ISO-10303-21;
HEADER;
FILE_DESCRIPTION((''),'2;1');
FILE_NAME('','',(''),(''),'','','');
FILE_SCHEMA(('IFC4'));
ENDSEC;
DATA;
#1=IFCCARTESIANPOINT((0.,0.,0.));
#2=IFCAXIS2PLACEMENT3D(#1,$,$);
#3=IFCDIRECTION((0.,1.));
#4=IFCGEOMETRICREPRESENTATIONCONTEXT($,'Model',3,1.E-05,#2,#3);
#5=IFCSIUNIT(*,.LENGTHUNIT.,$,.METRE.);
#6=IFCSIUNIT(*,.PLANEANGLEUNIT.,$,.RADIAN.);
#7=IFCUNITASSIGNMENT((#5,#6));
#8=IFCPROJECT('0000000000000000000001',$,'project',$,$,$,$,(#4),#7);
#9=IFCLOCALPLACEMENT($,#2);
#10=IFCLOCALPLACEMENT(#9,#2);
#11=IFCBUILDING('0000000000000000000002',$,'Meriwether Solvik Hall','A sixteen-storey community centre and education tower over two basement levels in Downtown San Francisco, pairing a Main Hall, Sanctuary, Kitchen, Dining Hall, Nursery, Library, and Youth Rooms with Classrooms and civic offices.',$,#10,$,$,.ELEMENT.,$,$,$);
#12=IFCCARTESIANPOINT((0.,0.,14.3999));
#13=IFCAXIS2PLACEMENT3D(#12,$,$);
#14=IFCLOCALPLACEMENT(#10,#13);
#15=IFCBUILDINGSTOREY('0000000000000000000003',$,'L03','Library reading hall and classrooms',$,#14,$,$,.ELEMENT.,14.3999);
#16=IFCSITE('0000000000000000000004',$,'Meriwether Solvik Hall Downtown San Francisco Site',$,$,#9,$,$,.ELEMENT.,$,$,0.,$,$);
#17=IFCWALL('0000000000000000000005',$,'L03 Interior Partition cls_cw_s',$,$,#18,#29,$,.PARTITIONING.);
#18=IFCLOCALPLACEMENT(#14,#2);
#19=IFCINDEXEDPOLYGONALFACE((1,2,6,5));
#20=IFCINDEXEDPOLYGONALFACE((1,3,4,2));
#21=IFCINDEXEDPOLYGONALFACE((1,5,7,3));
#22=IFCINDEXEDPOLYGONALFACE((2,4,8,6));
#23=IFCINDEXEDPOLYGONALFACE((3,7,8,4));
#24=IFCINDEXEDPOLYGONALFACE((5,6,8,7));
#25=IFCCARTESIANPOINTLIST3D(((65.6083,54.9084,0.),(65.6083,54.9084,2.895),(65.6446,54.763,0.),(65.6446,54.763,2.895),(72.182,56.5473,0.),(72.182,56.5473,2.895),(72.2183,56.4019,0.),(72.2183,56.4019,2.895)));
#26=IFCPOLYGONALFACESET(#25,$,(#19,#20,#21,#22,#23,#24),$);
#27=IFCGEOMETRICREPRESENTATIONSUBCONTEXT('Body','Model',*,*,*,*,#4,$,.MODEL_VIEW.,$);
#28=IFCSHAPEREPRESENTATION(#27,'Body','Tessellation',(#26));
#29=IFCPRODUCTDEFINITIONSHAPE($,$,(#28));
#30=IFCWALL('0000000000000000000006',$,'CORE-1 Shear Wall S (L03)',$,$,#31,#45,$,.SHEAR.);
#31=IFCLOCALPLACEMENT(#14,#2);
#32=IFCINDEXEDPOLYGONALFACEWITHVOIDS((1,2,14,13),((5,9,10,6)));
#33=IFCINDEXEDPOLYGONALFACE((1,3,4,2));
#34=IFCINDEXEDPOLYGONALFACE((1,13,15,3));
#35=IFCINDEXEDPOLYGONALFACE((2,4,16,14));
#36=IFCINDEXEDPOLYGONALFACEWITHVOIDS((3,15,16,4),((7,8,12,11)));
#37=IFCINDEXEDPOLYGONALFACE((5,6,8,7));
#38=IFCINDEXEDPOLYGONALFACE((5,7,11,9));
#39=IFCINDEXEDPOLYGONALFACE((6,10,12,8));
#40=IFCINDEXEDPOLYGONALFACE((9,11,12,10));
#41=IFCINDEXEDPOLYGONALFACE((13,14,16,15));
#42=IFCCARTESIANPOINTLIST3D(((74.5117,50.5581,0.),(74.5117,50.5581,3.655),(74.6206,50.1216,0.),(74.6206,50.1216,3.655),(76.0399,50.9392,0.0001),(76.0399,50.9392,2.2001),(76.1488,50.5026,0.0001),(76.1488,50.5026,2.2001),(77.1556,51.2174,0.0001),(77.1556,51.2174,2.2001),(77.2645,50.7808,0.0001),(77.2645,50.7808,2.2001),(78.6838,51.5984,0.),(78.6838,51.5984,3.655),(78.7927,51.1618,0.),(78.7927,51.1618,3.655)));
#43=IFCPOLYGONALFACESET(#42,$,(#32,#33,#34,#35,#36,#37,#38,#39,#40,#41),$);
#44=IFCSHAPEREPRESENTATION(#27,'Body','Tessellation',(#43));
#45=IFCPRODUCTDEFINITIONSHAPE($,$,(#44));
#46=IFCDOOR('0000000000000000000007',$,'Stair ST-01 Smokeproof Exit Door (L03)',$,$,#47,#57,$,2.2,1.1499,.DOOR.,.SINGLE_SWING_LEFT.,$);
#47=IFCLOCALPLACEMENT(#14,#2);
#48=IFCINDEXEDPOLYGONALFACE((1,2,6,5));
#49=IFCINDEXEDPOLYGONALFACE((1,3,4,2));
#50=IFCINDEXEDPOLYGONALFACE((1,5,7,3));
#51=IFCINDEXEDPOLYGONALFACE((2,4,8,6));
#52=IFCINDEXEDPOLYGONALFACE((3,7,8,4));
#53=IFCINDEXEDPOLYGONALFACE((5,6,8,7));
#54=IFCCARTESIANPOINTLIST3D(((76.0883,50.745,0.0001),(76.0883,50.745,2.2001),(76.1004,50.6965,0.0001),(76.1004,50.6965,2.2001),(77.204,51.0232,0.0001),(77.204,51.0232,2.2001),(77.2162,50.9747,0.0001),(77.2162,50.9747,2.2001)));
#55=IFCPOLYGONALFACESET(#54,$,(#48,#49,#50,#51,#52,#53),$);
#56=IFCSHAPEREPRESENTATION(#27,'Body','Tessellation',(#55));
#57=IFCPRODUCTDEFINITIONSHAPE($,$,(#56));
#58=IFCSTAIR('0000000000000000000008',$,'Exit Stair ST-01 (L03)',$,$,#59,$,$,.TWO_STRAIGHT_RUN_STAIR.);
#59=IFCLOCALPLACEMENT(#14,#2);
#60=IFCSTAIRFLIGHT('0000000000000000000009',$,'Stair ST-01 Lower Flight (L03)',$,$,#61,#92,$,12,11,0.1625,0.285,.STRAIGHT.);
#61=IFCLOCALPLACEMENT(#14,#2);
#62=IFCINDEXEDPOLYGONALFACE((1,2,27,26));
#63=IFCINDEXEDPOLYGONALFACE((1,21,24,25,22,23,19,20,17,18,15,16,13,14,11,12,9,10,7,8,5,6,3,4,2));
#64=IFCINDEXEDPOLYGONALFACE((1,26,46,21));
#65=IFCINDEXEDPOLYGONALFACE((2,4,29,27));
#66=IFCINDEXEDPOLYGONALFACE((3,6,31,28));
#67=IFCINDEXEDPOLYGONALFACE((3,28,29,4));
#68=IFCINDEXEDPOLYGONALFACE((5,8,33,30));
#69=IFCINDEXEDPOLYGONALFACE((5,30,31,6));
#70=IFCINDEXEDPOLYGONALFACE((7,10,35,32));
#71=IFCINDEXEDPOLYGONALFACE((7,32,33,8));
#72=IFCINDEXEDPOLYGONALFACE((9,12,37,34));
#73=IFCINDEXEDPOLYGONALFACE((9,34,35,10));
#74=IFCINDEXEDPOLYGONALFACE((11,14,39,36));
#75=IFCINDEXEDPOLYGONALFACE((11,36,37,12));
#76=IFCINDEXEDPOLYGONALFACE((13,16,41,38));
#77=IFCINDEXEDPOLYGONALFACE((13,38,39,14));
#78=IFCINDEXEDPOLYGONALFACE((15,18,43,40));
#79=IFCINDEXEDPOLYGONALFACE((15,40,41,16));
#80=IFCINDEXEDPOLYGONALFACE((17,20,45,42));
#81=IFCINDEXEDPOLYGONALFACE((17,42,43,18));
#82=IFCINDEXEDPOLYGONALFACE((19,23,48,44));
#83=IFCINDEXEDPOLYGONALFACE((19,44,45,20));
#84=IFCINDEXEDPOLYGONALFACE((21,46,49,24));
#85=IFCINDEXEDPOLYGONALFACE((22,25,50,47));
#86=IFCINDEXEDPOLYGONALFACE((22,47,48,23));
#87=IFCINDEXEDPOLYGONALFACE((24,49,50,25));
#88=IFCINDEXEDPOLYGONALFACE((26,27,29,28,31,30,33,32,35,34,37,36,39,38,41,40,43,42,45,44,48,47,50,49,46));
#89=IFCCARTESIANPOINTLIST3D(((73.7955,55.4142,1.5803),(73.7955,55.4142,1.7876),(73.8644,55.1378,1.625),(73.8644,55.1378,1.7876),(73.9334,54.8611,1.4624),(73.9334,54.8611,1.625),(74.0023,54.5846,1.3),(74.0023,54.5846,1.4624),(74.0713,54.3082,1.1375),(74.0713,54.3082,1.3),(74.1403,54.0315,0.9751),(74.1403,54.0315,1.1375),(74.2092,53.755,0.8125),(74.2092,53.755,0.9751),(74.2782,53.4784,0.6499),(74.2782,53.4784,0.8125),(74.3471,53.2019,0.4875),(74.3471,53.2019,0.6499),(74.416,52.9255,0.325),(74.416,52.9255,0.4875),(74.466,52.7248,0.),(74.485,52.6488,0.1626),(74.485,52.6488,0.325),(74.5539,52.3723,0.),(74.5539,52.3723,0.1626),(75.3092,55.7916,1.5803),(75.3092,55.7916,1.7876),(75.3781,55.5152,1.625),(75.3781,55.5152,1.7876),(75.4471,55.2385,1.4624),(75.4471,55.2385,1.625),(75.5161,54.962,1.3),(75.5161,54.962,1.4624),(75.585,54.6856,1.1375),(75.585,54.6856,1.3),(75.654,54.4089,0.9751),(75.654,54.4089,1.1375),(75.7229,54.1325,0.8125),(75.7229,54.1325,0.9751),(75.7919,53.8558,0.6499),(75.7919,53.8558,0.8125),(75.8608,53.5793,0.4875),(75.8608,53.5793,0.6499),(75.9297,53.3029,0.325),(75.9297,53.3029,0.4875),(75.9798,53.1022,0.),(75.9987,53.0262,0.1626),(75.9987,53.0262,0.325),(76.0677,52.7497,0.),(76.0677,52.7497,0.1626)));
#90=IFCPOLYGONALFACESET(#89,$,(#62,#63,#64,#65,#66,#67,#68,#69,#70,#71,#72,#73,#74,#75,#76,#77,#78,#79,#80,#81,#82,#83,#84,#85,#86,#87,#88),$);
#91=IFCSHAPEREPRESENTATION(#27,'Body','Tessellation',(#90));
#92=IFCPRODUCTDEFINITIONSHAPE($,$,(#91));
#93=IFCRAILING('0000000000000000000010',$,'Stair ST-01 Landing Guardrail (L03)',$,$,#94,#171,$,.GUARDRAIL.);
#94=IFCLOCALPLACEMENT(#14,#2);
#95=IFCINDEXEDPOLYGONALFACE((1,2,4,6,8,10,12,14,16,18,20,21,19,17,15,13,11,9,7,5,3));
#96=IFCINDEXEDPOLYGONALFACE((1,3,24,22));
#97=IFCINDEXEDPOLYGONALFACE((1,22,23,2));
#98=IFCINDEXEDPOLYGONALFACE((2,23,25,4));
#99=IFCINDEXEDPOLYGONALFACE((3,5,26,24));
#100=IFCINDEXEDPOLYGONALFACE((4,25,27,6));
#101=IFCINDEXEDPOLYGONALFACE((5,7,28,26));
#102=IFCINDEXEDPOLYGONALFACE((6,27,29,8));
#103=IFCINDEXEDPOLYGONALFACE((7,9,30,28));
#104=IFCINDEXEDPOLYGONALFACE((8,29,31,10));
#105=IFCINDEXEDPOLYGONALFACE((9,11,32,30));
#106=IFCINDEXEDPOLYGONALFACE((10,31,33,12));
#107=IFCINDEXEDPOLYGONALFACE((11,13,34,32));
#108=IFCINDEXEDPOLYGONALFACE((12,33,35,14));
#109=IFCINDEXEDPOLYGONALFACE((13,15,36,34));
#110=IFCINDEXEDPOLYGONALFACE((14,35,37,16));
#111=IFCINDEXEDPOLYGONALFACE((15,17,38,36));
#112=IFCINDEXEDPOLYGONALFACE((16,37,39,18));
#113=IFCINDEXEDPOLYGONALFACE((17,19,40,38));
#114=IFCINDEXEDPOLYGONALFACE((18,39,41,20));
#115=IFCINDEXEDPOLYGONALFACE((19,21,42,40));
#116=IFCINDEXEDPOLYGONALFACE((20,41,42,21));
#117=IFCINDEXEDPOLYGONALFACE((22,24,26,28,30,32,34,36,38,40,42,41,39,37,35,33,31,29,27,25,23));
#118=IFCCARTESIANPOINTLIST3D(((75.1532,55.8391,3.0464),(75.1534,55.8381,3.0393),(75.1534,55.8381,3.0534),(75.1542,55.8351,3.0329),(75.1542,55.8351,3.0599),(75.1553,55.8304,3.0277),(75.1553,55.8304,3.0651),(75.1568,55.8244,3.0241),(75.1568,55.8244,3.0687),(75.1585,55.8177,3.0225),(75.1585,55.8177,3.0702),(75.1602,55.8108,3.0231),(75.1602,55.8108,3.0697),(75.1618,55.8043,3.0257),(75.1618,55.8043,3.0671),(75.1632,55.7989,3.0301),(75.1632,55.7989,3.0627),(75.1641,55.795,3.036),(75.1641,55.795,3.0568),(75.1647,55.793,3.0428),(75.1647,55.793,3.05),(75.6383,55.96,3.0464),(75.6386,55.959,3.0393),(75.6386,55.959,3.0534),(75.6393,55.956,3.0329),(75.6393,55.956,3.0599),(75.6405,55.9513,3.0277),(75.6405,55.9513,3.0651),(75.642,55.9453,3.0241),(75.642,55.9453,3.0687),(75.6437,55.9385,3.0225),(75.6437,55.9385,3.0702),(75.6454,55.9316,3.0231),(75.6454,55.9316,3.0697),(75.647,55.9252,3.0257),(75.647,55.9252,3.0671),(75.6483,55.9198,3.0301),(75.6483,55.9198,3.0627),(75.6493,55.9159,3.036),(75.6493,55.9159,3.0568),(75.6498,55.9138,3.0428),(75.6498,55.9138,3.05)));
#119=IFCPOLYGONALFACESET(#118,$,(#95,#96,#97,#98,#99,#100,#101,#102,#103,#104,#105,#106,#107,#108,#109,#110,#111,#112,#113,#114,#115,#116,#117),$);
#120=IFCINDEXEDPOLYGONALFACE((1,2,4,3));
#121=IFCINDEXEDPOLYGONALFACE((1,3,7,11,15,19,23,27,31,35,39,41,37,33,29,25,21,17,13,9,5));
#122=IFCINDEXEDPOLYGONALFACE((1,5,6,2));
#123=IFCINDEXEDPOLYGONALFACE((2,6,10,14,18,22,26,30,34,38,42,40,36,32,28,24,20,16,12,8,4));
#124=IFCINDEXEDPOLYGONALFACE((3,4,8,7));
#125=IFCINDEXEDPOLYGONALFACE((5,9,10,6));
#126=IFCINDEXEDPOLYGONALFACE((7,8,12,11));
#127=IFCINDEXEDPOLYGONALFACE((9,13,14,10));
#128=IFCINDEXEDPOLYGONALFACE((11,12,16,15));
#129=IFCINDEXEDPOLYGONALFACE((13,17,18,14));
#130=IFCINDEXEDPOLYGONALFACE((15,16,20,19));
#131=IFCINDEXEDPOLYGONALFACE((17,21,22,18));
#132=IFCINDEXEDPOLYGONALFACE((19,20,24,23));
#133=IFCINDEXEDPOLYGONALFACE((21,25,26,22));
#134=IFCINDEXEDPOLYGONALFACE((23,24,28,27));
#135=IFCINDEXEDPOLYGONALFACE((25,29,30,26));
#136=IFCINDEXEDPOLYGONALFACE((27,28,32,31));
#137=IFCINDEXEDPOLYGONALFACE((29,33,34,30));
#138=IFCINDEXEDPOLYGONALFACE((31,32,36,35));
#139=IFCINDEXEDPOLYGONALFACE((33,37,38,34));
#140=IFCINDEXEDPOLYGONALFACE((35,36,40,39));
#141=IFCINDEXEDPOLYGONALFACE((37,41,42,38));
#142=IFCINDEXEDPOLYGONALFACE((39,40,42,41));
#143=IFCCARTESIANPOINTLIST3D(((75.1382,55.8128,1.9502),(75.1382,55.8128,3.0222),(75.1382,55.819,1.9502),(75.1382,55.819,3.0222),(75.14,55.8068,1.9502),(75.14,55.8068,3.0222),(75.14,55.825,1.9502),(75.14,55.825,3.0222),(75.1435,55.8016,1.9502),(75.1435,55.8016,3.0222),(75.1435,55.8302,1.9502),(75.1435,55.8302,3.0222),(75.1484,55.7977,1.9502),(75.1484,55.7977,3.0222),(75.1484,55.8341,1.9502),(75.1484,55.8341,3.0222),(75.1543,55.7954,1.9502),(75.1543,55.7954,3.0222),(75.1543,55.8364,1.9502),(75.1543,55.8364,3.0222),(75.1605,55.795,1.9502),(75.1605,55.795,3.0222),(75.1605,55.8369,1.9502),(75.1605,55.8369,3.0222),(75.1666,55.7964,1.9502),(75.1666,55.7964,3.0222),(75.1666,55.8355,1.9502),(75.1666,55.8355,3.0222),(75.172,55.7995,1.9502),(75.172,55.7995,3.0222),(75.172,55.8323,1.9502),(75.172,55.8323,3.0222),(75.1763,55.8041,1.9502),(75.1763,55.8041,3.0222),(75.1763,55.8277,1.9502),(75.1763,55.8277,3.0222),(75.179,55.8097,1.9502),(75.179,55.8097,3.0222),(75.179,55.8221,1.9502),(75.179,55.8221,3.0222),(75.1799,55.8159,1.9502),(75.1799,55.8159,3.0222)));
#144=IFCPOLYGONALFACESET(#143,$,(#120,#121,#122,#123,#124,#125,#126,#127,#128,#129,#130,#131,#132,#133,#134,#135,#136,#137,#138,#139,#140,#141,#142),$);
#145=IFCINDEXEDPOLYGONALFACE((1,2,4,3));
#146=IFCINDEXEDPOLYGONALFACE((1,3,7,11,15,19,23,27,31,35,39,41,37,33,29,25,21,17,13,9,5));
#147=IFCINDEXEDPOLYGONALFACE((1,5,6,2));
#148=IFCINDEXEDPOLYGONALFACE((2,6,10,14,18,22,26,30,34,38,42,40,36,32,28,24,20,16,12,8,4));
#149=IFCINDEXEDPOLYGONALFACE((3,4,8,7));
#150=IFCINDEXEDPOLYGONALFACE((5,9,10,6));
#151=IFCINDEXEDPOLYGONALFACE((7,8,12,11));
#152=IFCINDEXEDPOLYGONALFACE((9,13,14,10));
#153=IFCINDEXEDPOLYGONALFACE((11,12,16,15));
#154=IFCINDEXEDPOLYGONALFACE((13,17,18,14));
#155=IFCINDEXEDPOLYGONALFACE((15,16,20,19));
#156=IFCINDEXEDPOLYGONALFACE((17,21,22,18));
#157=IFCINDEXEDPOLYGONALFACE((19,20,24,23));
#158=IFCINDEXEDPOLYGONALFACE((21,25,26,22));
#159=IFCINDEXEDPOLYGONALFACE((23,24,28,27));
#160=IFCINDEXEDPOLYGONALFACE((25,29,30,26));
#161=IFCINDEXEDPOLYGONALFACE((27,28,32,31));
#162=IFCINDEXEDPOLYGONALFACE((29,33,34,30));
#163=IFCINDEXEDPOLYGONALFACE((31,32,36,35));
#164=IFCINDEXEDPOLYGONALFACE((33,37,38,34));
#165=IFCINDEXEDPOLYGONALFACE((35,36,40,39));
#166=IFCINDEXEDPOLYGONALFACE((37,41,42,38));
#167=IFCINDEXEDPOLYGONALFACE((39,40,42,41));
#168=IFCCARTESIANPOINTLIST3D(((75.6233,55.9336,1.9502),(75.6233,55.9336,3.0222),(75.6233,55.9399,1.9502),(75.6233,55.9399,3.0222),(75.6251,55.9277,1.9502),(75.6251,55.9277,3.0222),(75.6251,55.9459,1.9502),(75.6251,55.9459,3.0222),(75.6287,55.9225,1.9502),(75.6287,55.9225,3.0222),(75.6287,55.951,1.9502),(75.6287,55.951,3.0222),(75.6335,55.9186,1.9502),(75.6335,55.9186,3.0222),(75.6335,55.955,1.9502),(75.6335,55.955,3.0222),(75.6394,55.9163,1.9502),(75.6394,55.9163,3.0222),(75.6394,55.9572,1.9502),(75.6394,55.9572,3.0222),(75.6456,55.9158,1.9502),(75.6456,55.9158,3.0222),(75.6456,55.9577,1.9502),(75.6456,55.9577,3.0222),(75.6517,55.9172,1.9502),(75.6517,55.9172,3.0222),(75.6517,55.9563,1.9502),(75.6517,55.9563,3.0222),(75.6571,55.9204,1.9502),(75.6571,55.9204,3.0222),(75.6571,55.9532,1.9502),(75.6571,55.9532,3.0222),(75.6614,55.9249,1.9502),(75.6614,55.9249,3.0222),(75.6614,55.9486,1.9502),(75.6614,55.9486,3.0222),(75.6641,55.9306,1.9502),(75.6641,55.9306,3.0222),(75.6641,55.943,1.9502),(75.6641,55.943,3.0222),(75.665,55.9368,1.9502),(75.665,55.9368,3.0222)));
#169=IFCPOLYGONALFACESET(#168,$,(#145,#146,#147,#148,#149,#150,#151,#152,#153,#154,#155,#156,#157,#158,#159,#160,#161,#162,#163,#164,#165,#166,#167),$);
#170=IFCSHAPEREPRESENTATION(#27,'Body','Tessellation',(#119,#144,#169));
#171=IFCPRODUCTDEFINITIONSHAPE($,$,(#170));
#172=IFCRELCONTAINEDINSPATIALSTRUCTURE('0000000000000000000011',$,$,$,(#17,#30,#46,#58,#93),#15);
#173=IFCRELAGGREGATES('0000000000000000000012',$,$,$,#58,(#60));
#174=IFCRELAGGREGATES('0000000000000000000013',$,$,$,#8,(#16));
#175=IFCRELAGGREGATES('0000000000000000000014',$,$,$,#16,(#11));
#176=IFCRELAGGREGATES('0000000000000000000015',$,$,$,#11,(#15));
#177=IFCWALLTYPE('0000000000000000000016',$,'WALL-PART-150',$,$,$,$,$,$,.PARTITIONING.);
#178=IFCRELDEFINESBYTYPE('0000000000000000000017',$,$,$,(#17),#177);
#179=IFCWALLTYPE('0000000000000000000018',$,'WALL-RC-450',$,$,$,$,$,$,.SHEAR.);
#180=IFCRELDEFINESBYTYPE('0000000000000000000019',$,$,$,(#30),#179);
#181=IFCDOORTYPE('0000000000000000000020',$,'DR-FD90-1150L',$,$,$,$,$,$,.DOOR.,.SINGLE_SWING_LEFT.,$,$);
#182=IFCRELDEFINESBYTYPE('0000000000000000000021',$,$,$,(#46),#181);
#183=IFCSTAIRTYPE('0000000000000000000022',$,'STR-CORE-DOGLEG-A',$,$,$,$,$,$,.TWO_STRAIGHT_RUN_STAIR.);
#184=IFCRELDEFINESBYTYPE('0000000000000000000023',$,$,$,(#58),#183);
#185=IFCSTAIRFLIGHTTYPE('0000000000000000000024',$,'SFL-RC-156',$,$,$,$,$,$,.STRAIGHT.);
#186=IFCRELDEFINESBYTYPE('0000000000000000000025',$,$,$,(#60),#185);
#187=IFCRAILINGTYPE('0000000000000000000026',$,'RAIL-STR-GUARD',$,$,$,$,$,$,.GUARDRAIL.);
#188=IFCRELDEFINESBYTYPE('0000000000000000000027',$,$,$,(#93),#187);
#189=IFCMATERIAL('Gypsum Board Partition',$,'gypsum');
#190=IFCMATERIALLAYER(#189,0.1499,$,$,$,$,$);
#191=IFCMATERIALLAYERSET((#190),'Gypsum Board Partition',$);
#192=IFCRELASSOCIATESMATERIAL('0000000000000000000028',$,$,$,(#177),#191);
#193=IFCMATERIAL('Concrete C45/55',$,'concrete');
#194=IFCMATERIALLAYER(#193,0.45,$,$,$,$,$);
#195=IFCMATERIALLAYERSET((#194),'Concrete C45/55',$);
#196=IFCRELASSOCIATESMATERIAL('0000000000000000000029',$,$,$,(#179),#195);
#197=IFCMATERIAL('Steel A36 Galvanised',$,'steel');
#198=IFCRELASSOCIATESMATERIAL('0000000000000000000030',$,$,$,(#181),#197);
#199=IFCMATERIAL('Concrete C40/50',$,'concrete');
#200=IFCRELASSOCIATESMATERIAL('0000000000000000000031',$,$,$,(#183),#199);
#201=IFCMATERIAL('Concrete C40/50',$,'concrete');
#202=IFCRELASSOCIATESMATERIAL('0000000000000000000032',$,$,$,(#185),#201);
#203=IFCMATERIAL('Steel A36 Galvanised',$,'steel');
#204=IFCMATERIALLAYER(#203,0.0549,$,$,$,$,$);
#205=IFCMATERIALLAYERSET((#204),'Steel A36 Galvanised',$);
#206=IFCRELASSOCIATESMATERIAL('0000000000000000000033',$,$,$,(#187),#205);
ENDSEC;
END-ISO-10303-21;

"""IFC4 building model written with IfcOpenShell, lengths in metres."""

from ifc_helpers import new_model, si_unit, direction, frame, frame_2d, origin, origin_2d, place, context, subcontext, project, spatial, polyline, rectangle, circle, outline, extrude, material, layer, layer_set, type_object, element, fill, aggregate, save


model = new_model("IFC4")

# Units and contexts
model_context = context("Model", 3, precision=1e-05, world=origin(), true_north=direction((0.0, 1.0)))
body_context = subcontext(model_context, "Body", "Model", "MODEL_VIEW")
ifc_project = project(units=[si_unit("LENGTHUNIT", "METRE"), si_unit("PLANEANGLEUNIT", "RADIAN")], contexts=[model_context])

# Site, building, storey
site_placement = place(None, origin())
site = spatial("IfcSite", under=ifc_project, at=site_placement, Name="Meriwether Solvik Hall Downtown San Francisco Site", CompositionType="ELEMENT", RefElevation=0.0)
building_placement = place(site_placement, origin())
building = spatial("IfcBuilding", under=site, at=building_placement, Name="Meriwether Solvik Hall", Description="A sixteen-storey community centre and education tower over two basement levels in Downtown San Francisco, pairing a Main Hall, Sanctuary, Kitchen, Dining Hall, Nursery, Library, and Youth Rooms with Classrooms and civic offices.", CompositionType="ELEMENT")
storey_placement = place(building_placement, frame((0.0, 0.0, 14.3999)))
storey = spatial("IfcBuildingStorey", under=building, at=storey_placement, Name="L03", Description="Library reading hall and classrooms", CompositionType="ELEMENT", Elevation=14.3999)

# Wall
ifc_material_1 = material(Name="Gypsum Board Partition", Category="gypsum")
ifc_layer_1 = layer(ifc_material_1, 0.1499)
ifc_layer_set_1 = layer_set([ifc_layer_1], Name="Gypsum Board Partition")
wall_type_1 = type_object("IfcWallType", Name="WALL-PART-150", PredefinedType="PARTITIONING", material=ifc_layer_set_1)
wall_1_placement = place(storey_placement, frame((65.6265, 54.8357, 0.0), z_axis=(0.0, 0.0, 1.0), x_axis=(0.970299, 0.241908, 0.0)))
element("IfcWall", 1, at=wall_1_placement, inside=storey, type_object=wall_type_1, Name="L03 Interior Partition cls_cw_s", PredefinedType="PARTITIONING", context=body_context, shape_type="SweptSolid", body=[
    extrude(rectangle(XDim=6.7749, YDim=0.1499, at=frame_2d((3.3875, 0.0))), origin(), (0.0, 0.0, 1.0), 2.895),
])

# Wall, opening, door
ifc_material_2 = material(Name="Concrete C45/55", Category="concrete")
ifc_layer_2 = layer(ifc_material_2, 0.45)
ifc_layer_set_2 = layer_set([ifc_layer_2], Name="Concrete C45/55")
wall_type_2 = type_object("IfcWallType", Name="WALL-RC-450", PredefinedType="SHEAR", material=ifc_layer_set_2)
wall_2_placement = place(storey_placement, frame((74.5662, 50.3398, 0.0), z_axis=(0.0, 0.0, 1.0), x_axis=(0.970293, 0.241934, 0.0)))
wall_2 = element("IfcWall", 2, at=wall_2_placement, inside=storey, type_object=wall_type_2, Name="CORE-1 Shear Wall S (L03)", PredefinedType="SHEAR", context=body_context, shape_type="SweptSolid", body=[
    extrude(rectangle(XDim=4.2998, YDim=0.45, at=frame_2d((2.1499, 0.0))), origin(), (0.0, 0.0, 1.0), 3.655),
])
opening_placement = place(wall_2_placement, frame((1.575, 0.0, 0.0)))
opening = element("IfcOpeningElement", 3, at=opening_placement, cuts=wall_2, PredefinedType="OPENING", context=body_context, shape_type="SweptSolid", body=[
    extrude(rectangle(XDim=1.1499, YDim=2.2, at=frame_2d((0.575, 1.1001))), frame((0.0, 0.2368, 0.0), z_axis=(0.0, -1.0, 0.0), x_axis=(1.0, 0.0, 0.0)), (0.0, 0.0, 1.0), 0.4739),
])
ifc_material_3 = material(Name="Steel A36 Galvanised", Category="steel")
door_type = type_object("IfcDoorType", Name="DR-FD90-1150L", OperationType="SINGLE_SWING_LEFT", PredefinedType="DOOR", material=ifc_material_3)
door_placement = place(opening_placement, origin())
door = element("IfcDoor", 4, at=door_placement, inside=storey, type_object=door_type, Name="Stair ST-01 Smokeproof Exit Door (L03)", OperationType="SINGLE_SWING_LEFT", OverallHeight=2.2, OverallWidth=1.1499, PredefinedType="DOOR", context=body_context, shape_type="SweptSolid", body=[
    extrude(rectangle(XDim=1.1499, YDim=2.2, at=frame_2d((0.575, 1.1001))), frame((0.0, 0.0249, 0.0), z_axis=(0.0, -1.0, 0.0), x_axis=(1.0, 0.0, 0.0)), (0.0, 0.0, 1.0), 0.05),
])
fill(opening, door)

# Stair, stair flight
ifc_material_4 = material(Name="Concrete C40/50", Category="concrete")
stair_type = type_object("IfcStairType", Name="STR-CORE-DOGLEG-A", PredefinedType="TWO_STRAIGHT_RUN_STAIR", material=ifc_material_4)
stair_placement = place(storey_placement, origin())
stair = element("IfcStair", 5, at=stair_placement, inside=storey, type_object=stair_type, Name="Exit Stair ST-01 (L03)", PredefinedType="TWO_STRAIGHT_RUN_STAIR")
ifc_material_5 = material(Name="Concrete C40/50", Category="concrete")
stair_flight_type = type_object("IfcStairFlightType", Name="SFL-RC-156", PredefinedType="STRAIGHT", material=ifc_material_5)
stair_flight_placement = place(storey_placement, frame((75.3108, 52.561, 0.0), z_axis=(0.0, 0.0, 1.0), x_axis=(-0.241922, 0.970296, 0.0)))
stair_flight = element("IfcStairFlight", 6, at=stair_flight_placement, type_object=stair_flight_type, Name="Stair ST-01 Lower Flight (L03)", NumberOfRisers=12, NumberOfTreads=11, PredefinedType="STRAIGHT", RiserHeight=0.1625, TreadLength=0.285, context=body_context, shape_type="SweptSolid", body=[
    extrude(outline(polyline([(0.0, 0.0), (0.0, 0.1626), (0.2849, 0.1626), (0.2849, 0.325), (0.5701, 0.325), (0.5701, 0.4875), (0.855, 0.4875), (0.855, 0.6499), (1.1399, 0.6499), (1.1399, 0.8125), (1.425, 0.8125), (1.425, 0.9751), (1.71, 0.9751), (1.71, 1.1375), (1.9951, 1.1375), (1.9951, 1.3), (2.28, 1.3), (2.28, 1.4624), (2.5649, 1.4624), (2.5649, 1.625), (2.8501, 1.625), (2.8501, 1.7876), (3.135, 1.7876), (3.135, 1.95), (3.135, 1.5803), (0.3633, 0.0), (0.0, 0.0)])), frame((0.0, 0.78, 0.0), z_axis=(0.0, -1.0, 0.0), x_axis=(1.0, 0.0, 0.0)), (0.0, 0.0, 1.0), 1.5601),
])
aggregate(stair, [stair_flight])

# Railing
ifc_material_6 = material(Name="Steel A36 Galvanised", Category="steel")
ifc_layer_3 = layer(ifc_material_6, 0.0549)
ifc_layer_set_3 = layer_set([ifc_layer_3], Name="Steel A36 Galvanised")
railing_type_1 = type_object("IfcRailingType", Name="RAIL-STR-GUARD", PredefinedType="GUARDRAIL", material=ifc_layer_set_3)
railing_1_placement = place(storey_placement, frame((75.1589, 55.8159, 1.9502)))
element("IfcRailing", 7, at=railing_1_placement, inside=storey, type_object=railing_type_1, Name="Stair ST-01 Landing Guardrail (L03)", PredefinedType="GUARDRAIL", context=body_context, shape_type="SweptSolid", body=[
    extrude(circle(Radius=0.0239, at=origin_2d()), frame((0.0, 0.0, 1.0962), z_axis=(0.970343, 0.241731, 0.0), x_axis=(-0.241731, 0.970343, 0.0)), (0.0, 0.0, 1.0), 0.5),
    extrude(circle(Radius=0.021, at=origin_2d()), origin(), (0.0, 0.0, 1.0), 1.072),
    extrude(circle(Radius=0.021, at=origin_2d()), frame((0.4851, 0.1208, 0.0)), (0.0, 0.0, 1.0), 1.072),
])

save(model, "model.ifc")
